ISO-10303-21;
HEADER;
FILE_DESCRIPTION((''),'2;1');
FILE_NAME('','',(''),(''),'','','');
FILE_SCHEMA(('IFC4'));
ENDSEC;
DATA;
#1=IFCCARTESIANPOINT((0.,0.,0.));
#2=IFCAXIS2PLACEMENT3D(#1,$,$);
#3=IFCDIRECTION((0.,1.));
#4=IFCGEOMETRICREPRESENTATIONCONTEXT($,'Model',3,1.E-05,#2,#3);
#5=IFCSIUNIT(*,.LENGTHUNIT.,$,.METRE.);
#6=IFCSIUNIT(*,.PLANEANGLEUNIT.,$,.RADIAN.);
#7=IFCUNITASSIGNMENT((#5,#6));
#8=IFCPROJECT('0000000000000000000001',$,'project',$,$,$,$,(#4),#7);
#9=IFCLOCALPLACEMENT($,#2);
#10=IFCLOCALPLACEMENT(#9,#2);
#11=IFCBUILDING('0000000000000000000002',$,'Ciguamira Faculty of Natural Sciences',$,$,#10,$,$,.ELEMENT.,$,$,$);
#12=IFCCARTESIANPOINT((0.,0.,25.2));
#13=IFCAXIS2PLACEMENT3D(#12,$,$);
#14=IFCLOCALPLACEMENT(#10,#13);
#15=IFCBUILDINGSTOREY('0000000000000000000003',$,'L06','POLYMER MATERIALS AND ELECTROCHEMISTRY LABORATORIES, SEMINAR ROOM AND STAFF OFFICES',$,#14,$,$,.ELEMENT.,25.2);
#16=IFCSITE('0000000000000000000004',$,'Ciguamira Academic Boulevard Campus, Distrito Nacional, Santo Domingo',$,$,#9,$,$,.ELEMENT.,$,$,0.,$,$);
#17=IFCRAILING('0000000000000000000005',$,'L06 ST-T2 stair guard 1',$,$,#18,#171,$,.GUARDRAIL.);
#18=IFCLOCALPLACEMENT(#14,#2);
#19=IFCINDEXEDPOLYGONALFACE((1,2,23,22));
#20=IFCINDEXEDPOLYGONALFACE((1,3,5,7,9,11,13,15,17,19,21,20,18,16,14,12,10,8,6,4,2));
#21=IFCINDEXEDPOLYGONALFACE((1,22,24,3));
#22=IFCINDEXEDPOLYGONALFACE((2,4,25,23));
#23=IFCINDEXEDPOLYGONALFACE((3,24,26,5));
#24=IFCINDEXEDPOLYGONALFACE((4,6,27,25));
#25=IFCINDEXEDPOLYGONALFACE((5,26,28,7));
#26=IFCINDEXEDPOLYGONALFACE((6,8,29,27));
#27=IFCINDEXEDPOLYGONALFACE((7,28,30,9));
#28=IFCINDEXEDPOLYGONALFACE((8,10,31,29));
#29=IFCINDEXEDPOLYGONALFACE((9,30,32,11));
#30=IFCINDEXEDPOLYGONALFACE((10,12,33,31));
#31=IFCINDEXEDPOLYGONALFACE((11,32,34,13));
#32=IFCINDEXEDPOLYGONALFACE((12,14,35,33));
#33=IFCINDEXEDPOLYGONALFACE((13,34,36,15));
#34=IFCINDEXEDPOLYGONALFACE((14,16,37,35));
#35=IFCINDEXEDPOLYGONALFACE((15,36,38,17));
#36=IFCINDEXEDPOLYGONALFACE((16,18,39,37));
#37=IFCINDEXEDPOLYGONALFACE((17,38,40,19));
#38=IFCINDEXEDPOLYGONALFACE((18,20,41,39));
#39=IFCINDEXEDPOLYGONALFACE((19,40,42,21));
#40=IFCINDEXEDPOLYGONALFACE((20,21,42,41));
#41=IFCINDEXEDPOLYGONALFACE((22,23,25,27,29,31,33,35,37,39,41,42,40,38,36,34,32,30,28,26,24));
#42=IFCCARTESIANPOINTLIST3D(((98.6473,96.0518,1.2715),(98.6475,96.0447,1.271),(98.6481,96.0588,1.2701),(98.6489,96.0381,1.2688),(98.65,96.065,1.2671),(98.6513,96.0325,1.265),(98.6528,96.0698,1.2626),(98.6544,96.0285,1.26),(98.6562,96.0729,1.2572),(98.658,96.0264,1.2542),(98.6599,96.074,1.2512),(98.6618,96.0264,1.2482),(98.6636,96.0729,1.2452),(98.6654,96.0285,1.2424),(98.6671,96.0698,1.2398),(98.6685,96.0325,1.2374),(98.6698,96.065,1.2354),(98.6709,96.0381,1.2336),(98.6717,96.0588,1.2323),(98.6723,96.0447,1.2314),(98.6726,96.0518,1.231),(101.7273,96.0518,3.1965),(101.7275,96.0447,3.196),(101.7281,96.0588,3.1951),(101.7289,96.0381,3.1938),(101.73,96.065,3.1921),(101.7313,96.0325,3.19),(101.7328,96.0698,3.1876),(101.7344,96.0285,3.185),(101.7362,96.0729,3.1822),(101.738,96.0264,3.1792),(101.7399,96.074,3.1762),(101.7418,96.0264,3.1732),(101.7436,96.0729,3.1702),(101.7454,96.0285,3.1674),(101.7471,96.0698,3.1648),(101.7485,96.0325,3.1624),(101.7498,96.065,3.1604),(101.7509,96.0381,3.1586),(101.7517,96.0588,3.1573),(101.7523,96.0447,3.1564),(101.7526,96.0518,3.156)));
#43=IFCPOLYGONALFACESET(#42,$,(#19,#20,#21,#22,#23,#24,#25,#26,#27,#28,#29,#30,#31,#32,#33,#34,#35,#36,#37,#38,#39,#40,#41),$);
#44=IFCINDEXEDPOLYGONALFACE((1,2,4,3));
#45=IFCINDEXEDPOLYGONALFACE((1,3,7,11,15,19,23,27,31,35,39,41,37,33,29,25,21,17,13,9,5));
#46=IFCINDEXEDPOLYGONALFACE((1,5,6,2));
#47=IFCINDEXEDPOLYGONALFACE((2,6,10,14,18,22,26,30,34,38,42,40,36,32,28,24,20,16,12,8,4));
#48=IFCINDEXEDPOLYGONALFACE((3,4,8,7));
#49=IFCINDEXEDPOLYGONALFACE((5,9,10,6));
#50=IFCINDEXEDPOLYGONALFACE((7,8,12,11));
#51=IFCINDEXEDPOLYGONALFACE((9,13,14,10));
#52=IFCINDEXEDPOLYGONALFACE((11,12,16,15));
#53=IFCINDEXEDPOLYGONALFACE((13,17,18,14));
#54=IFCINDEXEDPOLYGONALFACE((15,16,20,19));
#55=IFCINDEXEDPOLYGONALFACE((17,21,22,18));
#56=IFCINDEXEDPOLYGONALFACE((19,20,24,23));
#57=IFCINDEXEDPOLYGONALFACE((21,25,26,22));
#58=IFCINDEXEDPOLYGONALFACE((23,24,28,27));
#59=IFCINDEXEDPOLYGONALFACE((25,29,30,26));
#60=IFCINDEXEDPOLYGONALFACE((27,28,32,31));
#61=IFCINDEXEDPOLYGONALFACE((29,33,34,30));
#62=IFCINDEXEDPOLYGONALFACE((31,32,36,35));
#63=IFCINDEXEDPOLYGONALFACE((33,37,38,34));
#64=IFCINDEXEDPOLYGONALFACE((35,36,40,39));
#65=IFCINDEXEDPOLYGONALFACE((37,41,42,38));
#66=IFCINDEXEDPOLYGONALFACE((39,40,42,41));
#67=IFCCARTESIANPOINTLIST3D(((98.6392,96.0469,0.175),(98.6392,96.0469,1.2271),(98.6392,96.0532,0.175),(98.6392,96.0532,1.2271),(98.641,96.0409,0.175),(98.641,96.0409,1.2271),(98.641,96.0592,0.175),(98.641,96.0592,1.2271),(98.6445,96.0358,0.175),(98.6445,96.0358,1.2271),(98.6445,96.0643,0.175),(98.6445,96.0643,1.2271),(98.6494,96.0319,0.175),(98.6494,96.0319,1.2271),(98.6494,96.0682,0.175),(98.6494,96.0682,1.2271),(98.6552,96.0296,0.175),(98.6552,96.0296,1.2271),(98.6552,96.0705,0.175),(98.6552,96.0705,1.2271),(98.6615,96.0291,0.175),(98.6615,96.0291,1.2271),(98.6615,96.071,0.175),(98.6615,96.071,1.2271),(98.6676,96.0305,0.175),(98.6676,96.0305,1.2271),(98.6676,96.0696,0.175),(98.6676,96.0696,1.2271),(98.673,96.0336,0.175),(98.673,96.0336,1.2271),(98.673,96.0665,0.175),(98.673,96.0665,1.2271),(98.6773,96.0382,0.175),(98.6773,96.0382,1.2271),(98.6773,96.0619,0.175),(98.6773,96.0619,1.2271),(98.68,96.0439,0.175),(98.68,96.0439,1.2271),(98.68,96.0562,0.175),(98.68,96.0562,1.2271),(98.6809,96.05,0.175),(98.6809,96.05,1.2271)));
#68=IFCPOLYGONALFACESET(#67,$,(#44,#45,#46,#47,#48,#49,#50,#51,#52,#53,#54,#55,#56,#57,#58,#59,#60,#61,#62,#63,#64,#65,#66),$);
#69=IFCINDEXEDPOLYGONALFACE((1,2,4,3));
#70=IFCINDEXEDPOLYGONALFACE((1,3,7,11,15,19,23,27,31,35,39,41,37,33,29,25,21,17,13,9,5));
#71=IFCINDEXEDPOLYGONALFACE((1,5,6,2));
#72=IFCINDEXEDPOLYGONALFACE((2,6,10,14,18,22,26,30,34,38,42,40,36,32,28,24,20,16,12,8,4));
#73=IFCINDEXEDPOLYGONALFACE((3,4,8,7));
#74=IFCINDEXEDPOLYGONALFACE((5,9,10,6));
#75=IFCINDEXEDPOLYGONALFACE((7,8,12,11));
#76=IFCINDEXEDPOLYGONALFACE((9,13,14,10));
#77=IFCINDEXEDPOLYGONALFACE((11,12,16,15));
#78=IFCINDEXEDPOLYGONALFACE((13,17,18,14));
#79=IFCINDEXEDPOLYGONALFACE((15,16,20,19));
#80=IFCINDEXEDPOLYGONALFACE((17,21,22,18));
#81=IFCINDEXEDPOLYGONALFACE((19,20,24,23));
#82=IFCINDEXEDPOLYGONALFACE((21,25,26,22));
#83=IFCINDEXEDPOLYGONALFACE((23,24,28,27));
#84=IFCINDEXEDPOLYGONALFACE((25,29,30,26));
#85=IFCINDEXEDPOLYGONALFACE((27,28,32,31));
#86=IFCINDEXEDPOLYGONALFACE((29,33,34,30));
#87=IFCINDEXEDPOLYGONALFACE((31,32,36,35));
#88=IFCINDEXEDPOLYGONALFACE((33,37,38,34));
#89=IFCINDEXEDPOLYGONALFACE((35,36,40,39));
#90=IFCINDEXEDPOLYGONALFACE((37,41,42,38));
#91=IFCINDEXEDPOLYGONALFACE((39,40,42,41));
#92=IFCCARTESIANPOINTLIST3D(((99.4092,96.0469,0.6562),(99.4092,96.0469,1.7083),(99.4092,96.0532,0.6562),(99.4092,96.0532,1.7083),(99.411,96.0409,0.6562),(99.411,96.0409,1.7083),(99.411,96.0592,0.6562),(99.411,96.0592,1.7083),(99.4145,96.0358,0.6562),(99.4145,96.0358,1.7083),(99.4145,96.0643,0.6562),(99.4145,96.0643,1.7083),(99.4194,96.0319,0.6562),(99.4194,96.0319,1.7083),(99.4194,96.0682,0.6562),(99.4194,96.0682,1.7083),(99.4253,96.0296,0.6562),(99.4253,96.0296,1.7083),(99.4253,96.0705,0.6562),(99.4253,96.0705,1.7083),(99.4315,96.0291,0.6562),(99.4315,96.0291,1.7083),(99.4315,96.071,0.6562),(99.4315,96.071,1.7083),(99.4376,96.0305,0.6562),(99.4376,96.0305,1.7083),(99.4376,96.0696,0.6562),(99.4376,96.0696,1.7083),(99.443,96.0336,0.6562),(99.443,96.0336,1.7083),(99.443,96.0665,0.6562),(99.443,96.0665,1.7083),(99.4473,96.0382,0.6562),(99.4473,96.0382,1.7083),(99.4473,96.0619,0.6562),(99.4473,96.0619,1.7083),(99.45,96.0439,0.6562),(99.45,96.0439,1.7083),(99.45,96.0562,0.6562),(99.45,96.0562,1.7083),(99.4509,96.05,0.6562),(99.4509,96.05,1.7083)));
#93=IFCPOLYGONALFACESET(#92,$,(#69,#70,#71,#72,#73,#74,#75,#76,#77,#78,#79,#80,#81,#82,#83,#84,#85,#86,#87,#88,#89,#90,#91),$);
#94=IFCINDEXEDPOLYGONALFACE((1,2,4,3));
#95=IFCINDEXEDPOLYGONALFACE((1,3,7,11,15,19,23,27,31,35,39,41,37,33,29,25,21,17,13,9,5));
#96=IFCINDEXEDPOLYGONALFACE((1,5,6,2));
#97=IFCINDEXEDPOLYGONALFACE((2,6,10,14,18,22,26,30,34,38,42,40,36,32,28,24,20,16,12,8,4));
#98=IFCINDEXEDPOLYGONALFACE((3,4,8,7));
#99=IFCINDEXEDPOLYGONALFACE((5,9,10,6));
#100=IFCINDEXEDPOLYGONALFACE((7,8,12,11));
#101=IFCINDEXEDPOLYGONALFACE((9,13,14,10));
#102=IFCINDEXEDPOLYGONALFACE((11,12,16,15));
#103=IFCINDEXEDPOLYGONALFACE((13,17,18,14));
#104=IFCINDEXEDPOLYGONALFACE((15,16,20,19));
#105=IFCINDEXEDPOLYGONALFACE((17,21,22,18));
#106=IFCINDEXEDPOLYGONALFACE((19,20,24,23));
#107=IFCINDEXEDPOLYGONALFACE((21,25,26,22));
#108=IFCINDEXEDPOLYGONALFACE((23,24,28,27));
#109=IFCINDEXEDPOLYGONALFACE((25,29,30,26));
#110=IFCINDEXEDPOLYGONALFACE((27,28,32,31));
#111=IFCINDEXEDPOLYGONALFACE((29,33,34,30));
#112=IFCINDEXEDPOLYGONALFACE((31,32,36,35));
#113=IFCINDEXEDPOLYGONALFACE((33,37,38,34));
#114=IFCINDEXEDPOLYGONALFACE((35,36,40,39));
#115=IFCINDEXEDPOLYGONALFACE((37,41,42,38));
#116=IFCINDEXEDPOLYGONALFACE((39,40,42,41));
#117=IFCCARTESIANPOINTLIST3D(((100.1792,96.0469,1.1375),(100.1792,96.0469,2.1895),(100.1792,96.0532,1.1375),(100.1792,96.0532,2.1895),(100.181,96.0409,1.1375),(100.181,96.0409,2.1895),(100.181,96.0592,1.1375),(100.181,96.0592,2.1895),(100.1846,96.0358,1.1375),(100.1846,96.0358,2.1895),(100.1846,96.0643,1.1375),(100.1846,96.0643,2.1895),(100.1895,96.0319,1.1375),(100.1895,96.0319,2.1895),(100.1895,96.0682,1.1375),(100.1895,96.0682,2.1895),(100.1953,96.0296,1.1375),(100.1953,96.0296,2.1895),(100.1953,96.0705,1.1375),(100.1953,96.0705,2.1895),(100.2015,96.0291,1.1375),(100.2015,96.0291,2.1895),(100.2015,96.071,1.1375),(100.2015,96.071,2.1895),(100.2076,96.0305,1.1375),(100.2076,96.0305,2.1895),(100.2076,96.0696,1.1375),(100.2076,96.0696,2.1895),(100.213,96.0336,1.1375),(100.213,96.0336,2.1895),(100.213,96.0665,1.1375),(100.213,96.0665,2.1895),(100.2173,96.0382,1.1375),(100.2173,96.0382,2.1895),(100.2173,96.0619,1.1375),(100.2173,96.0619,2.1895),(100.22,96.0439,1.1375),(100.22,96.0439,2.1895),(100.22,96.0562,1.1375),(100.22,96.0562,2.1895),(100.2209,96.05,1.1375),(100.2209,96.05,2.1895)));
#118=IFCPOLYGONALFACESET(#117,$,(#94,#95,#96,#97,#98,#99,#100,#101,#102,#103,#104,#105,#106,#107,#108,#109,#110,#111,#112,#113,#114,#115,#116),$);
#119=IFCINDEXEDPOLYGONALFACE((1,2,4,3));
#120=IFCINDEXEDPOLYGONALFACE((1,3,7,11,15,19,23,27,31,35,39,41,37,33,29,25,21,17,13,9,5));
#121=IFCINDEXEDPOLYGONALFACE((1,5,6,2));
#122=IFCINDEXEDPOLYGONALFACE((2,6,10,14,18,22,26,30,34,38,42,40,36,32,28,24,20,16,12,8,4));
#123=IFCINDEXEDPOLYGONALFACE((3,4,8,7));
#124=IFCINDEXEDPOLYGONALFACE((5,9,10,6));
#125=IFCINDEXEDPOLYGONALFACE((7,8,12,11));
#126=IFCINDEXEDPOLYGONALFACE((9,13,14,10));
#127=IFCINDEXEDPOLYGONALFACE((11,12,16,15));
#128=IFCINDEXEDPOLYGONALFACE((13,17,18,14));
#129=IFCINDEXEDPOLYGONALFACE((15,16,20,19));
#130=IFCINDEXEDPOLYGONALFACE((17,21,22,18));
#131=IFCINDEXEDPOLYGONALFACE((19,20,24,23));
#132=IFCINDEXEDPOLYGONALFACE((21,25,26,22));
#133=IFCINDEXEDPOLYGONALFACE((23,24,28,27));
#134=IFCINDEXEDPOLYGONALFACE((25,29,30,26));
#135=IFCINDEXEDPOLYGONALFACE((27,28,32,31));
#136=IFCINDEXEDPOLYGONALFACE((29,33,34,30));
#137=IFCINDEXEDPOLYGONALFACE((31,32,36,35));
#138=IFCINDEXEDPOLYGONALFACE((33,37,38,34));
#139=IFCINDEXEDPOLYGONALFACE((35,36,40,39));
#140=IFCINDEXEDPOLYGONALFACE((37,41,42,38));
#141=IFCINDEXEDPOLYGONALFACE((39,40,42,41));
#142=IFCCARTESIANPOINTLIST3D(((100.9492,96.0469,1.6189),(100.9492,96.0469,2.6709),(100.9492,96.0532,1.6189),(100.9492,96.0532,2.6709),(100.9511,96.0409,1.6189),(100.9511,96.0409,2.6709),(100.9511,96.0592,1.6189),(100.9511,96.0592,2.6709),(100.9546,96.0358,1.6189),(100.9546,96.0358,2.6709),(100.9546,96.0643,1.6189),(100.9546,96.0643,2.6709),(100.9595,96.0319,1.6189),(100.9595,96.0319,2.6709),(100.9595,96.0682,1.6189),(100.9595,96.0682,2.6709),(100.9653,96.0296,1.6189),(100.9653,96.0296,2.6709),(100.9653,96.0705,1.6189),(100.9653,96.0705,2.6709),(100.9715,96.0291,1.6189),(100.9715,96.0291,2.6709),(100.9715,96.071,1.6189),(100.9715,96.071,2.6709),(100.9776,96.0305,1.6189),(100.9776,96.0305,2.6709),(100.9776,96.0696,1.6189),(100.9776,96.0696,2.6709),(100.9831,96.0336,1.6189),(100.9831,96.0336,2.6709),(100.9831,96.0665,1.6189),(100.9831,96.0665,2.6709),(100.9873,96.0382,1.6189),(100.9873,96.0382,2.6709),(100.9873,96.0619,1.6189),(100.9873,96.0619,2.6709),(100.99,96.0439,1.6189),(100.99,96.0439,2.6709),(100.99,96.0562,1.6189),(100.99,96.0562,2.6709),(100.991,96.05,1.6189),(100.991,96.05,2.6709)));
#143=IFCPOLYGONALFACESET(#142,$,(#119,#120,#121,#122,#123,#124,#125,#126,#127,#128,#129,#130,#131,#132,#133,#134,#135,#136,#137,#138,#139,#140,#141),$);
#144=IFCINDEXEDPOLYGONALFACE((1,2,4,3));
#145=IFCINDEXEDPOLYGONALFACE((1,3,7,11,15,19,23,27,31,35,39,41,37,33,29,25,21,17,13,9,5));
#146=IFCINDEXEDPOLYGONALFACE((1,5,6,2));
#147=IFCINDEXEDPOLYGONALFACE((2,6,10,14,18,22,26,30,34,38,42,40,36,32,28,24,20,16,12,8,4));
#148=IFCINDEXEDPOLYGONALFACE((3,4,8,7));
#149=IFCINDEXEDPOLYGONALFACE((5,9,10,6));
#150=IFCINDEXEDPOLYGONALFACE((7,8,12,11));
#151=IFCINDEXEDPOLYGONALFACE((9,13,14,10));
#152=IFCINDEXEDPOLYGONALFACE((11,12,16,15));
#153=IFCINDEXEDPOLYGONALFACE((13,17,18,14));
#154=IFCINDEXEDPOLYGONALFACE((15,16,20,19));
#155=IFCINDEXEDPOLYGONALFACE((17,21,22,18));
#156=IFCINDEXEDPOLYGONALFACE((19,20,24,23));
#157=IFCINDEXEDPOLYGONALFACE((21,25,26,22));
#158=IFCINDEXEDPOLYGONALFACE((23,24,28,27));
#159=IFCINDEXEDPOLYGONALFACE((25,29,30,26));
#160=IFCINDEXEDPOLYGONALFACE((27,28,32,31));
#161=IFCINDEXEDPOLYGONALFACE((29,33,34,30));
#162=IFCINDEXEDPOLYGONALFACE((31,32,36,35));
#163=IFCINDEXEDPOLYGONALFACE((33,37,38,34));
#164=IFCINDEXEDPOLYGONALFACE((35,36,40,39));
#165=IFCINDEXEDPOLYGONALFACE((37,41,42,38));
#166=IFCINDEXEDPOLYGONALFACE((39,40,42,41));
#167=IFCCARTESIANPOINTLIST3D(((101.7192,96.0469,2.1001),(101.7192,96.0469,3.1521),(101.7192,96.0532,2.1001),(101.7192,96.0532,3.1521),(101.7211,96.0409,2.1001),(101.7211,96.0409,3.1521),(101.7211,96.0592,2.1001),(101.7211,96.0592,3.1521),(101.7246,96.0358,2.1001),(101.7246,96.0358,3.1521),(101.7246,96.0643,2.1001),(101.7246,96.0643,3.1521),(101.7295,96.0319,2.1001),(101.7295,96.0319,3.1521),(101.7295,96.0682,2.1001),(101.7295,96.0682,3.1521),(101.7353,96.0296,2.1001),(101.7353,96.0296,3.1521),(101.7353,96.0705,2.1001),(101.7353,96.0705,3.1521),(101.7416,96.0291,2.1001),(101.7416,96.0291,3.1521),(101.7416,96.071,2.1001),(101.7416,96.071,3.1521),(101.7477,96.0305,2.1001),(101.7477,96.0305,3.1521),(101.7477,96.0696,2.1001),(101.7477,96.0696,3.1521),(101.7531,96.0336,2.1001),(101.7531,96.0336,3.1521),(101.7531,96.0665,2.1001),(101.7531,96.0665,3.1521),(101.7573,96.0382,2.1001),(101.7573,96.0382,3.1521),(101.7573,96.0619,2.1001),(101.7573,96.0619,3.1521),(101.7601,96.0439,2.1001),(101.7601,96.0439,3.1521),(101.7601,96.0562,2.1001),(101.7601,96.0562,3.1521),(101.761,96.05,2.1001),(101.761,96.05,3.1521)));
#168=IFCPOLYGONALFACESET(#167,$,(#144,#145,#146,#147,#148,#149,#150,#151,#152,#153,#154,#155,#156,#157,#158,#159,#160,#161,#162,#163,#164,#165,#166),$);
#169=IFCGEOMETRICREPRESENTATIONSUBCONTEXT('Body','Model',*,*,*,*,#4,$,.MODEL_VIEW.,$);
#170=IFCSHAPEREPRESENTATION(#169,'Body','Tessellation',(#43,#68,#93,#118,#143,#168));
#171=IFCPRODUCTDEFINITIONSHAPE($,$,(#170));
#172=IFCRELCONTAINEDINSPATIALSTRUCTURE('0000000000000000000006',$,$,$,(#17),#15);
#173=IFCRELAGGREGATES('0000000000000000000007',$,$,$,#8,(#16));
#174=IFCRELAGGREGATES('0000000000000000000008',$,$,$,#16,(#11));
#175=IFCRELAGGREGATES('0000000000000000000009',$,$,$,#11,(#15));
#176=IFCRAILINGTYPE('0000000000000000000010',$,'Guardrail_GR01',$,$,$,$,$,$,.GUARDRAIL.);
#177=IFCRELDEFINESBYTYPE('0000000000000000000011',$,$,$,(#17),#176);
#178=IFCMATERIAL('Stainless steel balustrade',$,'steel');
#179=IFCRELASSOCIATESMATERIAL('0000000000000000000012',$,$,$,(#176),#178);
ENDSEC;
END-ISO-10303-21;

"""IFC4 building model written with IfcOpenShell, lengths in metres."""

from ifc_helpers import new_model, si_unit, direction, frame, origin, origin_2d, place, context, subcontext, project, spatial, circle, extrude, material, type_object, element, save


model = new_model("IFC4")

# Units and contexts
model_context = context("Model", 3, precision=1e-05, world=origin(), true_north=direction((0.0, 1.0)))
body_context = subcontext(model_context, "Body", "Model", "MODEL_VIEW")
ifc_project = project(units=[si_unit("LENGTHUNIT", "METRE"), si_unit("PLANEANGLEUNIT", "RADIAN")], contexts=[model_context])

# Site, building, storey
site_placement = place(None, origin())
site = spatial("IfcSite", under=ifc_project, at=site_placement, Name="Ciguamira Academic Boulevard Campus, Distrito Nacional, Santo Domingo", CompositionType="ELEMENT", RefElevation=0.0)
building_placement = place(site_placement, origin())
building = spatial("IfcBuilding", under=site, at=building_placement, Name="Ciguamira Faculty of Natural Sciences", CompositionType="ELEMENT")
storey_placement = place(building_placement, frame((0.0, 0.0, 25.2)))
storey = spatial("IfcBuildingStorey", under=building, at=storey_placement, Name="L06", Description="POLYMER MATERIALS AND ELECTROCHEMISTRY LABORATORIES, SEMINAR ROOM AND STAFF OFFICES", CompositionType="ELEMENT", Elevation=25.2)

# Railing
ifc_material_1 = material(Name="Stainless steel balustrade", Category="steel")
railing_type_1 = type_object("IfcRailingType", Name="Guardrail_GR01", PredefinedType="GUARDRAIL", material=ifc_material_1)
railing_1_placement = place(storey_placement, frame((98.6599, 96.05, 0.175)))
element("IfcRailing", 1, at=railing_1_placement, inside=storey, type_object=railing_type_1, Name="L06 ST-T2 stair guard 1", PredefinedType="GUARDRAIL", context=body_context, shape_type="SweptSolid", body=[
    extrude(circle(Radius=0.0239, at=origin_2d()), frame((0.0, 0.0, 1.0762), z_axis=(0.847998, 0.0, 0.529999), x_axis=(0.0, 1.0, 0.0)), (0.0, 0.0, 1.0), 3.6321),
    extrude(circle(Radius=0.021, at=origin_2d()), origin(), (0.0, 0.0, 1.0), 1.052),
    extrude(circle(Radius=0.021, at=origin_2d()), frame((0.77, 0.0, 0.4812)), (0.0, 0.0, 1.0), 1.052),
    extrude(circle(Radius=0.021, at=origin_2d()), frame((1.54, 0.0, 0.9624)), (0.0, 0.0, 1.0), 1.052),
    extrude(circle(Radius=0.021, at=origin_2d()), frame((2.3101, 0.0, 1.4438)), (0.0, 0.0, 1.0), 1.052),
    extrude(circle(Radius=0.021, at=origin_2d()), frame((3.0801, 0.0, 1.925)), (0.0, 0.0, 1.0), 1.052),
])

save(model, "model.ifc")
